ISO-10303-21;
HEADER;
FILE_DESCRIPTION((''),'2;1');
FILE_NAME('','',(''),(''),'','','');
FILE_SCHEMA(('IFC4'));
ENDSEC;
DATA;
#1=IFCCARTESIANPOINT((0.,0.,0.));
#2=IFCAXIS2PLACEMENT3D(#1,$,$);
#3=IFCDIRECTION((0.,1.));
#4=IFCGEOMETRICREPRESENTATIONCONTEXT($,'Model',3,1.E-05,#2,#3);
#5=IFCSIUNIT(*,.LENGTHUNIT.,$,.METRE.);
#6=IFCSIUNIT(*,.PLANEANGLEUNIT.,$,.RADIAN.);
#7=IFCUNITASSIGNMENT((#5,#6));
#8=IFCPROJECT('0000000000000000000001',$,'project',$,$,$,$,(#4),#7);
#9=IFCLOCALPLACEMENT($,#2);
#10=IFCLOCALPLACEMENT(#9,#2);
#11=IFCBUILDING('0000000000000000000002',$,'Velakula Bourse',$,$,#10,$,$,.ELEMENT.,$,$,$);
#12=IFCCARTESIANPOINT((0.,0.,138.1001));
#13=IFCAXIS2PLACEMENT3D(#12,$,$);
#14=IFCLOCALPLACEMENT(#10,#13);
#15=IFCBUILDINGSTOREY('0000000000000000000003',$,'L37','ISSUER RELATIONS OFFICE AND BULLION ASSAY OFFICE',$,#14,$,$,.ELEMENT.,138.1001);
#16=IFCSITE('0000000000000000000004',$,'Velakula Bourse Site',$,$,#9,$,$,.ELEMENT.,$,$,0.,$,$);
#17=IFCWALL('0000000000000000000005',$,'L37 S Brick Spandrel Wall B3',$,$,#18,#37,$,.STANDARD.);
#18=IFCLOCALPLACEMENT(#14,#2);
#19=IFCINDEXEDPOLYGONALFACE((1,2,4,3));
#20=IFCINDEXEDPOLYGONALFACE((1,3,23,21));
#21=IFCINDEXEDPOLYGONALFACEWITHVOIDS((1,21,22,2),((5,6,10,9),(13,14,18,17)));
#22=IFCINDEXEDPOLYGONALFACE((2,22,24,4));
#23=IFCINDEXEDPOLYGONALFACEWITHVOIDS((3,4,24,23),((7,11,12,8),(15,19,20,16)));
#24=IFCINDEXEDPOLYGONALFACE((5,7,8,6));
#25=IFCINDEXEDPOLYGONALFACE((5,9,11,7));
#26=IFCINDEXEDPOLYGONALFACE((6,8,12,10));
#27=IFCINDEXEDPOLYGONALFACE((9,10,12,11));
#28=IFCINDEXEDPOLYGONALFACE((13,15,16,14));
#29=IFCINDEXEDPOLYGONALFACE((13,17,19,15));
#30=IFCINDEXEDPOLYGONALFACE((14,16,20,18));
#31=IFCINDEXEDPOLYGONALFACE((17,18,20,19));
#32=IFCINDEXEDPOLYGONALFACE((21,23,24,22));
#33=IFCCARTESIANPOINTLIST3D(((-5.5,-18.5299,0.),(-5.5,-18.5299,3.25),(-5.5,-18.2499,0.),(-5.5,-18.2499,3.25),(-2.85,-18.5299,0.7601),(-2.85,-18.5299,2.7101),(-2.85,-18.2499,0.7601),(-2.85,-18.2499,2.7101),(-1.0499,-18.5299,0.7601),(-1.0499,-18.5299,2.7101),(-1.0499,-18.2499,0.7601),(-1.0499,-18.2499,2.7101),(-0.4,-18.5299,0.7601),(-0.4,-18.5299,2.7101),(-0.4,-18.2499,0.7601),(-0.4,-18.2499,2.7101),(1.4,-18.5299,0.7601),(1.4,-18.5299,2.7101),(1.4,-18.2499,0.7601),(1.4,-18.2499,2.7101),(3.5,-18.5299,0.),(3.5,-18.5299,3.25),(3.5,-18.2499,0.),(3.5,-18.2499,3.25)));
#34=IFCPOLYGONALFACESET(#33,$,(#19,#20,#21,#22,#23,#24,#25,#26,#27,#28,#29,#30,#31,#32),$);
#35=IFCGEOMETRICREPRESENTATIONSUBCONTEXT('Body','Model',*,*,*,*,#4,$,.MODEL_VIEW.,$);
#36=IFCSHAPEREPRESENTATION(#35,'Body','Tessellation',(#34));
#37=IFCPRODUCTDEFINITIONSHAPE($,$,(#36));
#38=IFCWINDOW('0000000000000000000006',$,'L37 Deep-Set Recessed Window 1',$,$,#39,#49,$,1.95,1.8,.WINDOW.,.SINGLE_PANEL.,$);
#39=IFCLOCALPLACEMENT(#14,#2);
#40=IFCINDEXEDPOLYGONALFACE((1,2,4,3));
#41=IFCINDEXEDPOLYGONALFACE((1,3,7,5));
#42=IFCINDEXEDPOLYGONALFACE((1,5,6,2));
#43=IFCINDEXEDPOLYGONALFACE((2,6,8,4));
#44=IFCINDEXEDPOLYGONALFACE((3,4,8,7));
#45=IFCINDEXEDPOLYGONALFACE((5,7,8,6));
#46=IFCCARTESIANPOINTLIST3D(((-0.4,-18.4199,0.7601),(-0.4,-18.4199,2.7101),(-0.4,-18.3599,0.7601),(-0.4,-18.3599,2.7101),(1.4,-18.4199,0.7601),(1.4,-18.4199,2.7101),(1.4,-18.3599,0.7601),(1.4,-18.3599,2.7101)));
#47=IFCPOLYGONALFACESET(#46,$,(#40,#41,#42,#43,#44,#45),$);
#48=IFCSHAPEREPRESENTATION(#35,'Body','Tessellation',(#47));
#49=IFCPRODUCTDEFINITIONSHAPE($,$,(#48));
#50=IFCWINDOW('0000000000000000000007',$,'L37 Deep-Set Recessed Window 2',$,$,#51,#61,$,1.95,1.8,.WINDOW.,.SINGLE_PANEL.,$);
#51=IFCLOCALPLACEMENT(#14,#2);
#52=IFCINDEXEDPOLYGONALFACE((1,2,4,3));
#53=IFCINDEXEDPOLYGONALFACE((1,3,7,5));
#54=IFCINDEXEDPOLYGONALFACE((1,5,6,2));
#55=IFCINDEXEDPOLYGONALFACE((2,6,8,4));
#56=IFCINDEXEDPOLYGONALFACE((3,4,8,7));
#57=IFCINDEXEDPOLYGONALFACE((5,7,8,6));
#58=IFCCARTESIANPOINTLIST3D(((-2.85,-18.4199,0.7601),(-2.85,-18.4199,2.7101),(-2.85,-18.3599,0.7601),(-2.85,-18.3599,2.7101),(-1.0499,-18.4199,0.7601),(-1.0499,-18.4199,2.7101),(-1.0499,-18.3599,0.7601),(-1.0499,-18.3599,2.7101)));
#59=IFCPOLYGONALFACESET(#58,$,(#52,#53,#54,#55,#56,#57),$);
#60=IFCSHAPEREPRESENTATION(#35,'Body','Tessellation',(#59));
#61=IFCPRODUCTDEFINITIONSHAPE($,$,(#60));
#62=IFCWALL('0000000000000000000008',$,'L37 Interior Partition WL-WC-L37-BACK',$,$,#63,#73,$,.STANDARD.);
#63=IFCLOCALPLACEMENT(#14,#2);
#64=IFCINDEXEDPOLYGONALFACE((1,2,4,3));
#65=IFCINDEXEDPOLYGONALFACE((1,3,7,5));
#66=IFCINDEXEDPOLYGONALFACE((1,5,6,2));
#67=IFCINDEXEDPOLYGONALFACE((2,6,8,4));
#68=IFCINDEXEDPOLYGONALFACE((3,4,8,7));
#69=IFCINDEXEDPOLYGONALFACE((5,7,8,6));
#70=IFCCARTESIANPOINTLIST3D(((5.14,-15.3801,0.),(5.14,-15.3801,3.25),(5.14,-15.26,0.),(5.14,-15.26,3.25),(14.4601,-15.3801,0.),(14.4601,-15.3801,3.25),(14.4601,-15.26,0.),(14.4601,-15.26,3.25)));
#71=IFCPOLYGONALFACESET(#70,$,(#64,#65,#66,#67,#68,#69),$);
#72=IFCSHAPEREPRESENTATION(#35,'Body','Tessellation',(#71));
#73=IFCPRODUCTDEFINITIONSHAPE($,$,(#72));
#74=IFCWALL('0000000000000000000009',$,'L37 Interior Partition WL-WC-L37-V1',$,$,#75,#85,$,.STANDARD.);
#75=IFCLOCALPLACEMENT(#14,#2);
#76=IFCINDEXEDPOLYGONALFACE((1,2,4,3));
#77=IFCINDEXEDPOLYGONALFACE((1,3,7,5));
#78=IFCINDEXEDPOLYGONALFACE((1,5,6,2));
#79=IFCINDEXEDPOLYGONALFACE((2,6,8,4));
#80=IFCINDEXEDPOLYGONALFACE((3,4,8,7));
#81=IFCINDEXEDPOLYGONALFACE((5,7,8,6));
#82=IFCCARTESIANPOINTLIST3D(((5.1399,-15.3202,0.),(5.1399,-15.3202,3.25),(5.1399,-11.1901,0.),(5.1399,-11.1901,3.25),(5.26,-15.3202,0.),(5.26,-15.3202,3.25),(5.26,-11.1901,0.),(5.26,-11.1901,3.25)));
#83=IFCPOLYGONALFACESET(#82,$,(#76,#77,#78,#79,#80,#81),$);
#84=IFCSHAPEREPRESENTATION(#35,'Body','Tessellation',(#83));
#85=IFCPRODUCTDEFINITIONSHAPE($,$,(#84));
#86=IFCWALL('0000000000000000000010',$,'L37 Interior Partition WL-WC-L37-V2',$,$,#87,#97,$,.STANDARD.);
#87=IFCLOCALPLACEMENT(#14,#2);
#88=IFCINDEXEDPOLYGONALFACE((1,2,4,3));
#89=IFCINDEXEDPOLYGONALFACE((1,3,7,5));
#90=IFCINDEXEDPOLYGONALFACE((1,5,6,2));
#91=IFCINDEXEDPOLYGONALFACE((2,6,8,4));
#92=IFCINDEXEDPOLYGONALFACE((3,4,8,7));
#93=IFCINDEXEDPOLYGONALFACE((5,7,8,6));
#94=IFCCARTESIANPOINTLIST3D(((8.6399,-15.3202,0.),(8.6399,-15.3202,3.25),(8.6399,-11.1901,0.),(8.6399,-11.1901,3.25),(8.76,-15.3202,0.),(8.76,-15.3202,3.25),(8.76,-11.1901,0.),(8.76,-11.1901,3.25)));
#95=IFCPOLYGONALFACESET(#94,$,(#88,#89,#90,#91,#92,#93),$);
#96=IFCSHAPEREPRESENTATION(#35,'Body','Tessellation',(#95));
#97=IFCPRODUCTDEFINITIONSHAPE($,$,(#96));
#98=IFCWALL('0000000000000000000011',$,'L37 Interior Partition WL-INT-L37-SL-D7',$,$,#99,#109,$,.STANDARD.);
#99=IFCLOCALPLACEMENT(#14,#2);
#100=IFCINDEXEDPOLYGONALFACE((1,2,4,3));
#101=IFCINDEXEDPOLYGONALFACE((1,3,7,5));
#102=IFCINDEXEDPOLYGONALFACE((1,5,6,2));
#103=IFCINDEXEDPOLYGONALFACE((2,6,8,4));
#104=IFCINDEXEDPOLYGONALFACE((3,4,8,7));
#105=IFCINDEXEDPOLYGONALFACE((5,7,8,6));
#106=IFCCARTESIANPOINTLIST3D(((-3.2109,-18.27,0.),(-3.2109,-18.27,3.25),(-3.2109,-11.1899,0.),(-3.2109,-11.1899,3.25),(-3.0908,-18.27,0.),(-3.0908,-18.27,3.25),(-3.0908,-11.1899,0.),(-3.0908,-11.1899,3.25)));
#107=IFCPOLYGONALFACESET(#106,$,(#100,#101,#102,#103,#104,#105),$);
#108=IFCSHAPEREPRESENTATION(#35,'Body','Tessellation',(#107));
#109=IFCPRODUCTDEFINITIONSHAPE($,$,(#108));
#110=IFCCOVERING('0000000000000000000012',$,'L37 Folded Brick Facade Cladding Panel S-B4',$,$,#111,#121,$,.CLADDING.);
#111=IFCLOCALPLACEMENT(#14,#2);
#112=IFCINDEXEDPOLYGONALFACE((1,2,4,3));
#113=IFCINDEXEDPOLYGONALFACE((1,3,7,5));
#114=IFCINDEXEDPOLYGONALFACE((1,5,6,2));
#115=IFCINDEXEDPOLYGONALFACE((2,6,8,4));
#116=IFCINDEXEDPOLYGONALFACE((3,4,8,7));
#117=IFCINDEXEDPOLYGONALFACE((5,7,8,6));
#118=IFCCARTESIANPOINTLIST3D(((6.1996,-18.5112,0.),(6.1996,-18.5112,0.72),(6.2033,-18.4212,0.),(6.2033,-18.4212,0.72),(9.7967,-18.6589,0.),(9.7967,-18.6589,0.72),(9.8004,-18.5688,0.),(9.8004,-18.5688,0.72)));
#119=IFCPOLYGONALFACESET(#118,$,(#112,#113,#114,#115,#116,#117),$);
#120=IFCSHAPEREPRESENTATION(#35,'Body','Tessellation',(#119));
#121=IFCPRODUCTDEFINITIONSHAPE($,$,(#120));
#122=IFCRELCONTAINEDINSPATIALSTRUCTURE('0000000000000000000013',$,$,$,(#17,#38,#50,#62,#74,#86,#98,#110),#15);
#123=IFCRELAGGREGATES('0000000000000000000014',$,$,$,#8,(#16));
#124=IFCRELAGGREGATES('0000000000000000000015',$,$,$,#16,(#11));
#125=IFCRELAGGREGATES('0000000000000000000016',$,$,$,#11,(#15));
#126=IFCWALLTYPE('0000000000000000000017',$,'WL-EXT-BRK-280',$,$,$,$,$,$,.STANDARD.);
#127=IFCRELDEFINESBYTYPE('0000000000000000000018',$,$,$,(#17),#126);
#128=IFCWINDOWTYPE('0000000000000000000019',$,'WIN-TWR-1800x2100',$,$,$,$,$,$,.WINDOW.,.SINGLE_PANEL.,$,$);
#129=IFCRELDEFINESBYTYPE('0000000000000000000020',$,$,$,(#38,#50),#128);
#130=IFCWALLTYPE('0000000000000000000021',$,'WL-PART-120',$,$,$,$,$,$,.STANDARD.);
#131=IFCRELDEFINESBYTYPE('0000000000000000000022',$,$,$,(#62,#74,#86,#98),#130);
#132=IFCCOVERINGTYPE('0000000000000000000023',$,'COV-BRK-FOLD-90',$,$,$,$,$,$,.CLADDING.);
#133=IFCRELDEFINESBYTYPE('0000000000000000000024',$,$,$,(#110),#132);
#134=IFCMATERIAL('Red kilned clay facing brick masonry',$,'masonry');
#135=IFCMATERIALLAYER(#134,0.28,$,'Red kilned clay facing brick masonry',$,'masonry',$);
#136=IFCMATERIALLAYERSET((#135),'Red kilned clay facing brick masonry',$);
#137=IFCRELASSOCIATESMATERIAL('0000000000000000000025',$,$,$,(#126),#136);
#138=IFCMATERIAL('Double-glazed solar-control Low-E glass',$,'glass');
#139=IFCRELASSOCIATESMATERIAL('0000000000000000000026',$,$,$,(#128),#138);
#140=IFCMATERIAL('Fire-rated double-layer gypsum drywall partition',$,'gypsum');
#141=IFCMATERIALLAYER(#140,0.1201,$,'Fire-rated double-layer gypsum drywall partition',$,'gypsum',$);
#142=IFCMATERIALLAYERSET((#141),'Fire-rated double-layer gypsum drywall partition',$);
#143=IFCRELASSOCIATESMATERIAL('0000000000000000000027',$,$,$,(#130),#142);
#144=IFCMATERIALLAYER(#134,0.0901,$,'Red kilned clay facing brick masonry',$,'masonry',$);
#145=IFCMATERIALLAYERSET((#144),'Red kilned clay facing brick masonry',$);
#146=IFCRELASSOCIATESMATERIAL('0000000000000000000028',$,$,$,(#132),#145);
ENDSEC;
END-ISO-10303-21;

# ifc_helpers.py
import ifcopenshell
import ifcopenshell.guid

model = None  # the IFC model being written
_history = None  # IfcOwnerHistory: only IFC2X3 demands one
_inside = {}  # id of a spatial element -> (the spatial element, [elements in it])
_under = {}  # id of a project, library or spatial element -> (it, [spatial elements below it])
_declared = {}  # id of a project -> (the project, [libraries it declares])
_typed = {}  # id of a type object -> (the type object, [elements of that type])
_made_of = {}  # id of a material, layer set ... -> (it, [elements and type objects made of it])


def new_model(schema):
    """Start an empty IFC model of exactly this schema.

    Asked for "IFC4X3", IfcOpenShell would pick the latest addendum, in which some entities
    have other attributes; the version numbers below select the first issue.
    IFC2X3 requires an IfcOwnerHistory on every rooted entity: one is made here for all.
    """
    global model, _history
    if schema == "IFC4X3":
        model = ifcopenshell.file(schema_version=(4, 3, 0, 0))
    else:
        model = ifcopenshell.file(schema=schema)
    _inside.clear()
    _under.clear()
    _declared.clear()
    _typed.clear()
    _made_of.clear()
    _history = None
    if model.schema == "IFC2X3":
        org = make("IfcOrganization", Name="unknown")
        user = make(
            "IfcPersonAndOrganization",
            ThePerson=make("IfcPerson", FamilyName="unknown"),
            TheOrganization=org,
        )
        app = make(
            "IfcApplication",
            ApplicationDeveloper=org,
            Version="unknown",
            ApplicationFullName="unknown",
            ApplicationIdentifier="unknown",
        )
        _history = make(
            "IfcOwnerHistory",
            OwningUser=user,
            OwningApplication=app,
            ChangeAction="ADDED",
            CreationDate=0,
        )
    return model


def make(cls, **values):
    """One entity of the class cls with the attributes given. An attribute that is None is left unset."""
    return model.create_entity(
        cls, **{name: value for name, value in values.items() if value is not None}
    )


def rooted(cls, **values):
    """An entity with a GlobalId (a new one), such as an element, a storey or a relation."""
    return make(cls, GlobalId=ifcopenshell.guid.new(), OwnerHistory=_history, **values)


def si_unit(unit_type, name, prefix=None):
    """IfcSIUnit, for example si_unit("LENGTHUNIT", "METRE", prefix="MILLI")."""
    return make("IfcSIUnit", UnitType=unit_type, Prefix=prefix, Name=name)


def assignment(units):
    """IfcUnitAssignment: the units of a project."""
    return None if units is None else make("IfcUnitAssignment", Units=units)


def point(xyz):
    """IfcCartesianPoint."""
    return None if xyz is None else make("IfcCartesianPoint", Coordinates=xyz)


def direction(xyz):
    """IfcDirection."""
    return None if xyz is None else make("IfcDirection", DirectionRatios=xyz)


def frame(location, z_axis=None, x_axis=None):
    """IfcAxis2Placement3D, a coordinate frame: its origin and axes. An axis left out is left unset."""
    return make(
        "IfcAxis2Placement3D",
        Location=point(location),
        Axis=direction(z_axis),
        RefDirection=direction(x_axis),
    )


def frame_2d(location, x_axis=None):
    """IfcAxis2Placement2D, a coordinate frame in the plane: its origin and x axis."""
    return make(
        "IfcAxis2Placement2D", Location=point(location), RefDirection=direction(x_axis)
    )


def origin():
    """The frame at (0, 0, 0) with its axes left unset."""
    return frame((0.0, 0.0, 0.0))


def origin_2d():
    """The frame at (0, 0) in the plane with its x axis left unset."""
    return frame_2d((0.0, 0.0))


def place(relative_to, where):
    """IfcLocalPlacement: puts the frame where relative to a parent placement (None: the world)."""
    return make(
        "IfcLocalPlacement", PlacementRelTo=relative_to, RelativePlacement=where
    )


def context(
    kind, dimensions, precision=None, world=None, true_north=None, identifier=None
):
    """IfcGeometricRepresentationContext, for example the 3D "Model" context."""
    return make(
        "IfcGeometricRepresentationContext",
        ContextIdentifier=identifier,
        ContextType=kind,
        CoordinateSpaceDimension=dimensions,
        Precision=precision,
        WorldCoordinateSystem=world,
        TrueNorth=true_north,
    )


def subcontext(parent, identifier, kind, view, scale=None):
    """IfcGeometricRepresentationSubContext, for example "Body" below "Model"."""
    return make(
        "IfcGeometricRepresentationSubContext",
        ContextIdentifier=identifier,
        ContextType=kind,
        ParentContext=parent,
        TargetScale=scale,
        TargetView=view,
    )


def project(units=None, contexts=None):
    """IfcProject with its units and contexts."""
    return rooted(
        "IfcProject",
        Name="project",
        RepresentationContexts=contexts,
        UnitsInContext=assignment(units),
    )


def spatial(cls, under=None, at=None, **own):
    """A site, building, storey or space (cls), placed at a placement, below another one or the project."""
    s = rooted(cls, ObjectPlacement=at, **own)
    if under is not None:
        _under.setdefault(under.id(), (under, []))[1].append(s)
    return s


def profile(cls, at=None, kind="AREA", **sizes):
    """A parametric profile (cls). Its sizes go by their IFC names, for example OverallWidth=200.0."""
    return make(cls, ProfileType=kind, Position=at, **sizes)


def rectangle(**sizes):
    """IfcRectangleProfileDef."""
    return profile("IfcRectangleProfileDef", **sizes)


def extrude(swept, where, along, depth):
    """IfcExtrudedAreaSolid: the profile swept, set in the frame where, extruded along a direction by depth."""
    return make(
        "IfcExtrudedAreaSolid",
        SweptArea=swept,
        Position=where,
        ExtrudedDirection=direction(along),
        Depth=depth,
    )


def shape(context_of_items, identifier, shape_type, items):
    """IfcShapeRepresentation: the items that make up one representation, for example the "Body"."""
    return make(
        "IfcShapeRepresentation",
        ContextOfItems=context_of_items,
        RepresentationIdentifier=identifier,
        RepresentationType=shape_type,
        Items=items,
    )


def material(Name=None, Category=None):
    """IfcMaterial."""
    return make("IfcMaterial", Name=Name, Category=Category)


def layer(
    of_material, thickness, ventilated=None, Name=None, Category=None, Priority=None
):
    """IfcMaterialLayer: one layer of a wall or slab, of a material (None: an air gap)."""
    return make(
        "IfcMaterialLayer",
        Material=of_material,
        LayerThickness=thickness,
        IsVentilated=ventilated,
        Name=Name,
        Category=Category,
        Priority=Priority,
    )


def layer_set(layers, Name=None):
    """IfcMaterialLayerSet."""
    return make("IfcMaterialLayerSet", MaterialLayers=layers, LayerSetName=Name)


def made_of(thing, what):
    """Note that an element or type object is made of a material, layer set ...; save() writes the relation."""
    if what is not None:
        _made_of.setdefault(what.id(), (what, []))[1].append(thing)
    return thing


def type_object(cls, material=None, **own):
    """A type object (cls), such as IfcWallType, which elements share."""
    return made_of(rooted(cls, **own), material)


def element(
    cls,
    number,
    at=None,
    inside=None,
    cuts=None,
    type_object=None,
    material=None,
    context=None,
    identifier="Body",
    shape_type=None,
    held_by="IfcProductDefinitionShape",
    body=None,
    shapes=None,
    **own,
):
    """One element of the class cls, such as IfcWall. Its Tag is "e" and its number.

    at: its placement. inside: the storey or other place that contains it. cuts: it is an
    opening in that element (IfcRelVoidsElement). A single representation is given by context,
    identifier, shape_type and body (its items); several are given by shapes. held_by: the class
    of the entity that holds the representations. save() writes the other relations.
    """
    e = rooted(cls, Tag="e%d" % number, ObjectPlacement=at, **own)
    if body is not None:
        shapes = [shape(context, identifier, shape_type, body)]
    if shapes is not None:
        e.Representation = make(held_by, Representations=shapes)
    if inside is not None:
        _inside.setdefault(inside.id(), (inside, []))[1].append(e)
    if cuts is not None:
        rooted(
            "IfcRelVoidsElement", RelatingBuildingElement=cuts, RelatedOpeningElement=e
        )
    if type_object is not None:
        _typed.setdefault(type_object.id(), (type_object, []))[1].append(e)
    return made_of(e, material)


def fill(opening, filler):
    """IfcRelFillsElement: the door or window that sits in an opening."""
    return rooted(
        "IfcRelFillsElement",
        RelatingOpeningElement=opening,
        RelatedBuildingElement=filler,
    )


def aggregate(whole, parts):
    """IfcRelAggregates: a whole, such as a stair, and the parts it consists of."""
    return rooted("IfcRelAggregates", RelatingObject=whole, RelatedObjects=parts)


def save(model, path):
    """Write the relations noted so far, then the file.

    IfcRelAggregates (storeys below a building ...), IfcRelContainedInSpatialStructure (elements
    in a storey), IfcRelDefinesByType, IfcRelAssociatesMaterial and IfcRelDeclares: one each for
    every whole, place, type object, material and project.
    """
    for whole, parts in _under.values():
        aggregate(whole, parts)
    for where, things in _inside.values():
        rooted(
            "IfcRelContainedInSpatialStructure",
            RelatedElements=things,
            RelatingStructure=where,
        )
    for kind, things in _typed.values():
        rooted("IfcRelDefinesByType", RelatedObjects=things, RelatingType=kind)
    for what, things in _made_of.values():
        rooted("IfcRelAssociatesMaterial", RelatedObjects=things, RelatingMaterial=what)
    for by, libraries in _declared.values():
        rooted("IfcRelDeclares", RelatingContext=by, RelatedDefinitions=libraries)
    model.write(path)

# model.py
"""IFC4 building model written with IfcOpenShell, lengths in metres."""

from ifc_helpers import new_model, si_unit, direction, frame, frame_2d, origin, origin_2d, place, context, subcontext, project, spatial, rectangle, extrude, material, layer, layer_set, type_object, element, fill, save


model = new_model("IFC4")

# Units and contexts
model_context = context("Model", 3, precision=1e-05, world=origin(), true_north=direction((0.0, 1.0)))
body_context = subcontext(model_context, "Body", "Model", "MODEL_VIEW")
ifc_project = project(units=[si_unit("LENGTHUNIT", "METRE"), si_unit("PLANEANGLEUNIT", "RADIAN")], contexts=[model_context])

# Site, building, storey
site_placement = place(None, origin())
site = spatial("IfcSite", under=ifc_project, at=site_placement, Name="Velakula Bourse Site", CompositionType="ELEMENT", RefElevation=0.0)
building_placement = place(site_placement, origin())
building = spatial("IfcBuilding", under=site, at=building_placement, Name="Velakula Bourse", CompositionType="ELEMENT")
storey_placement = place(building_placement, frame((0.0, 0.0, 138.1001)))
storey = spatial("IfcBuildingStorey", under=building, at=storey_placement, Name="L37", Description="ISSUER RELATIONS OFFICE AND BULLION ASSAY OFFICE", CompositionType="ELEMENT", Elevation=138.1001)

# Wall, openings, windows
ifc_material_1 = material(Name="Red kilned clay facing brick masonry", Category="masonry")
ifc_layer_1 = layer(ifc_material_1, 0.28, Name="Red kilned clay facing brick masonry", Category="masonry")
ifc_layer_set_1 = layer_set([ifc_layer_1], Name="Red kilned clay facing brick masonry")
wall_type_1 = type_object("IfcWallType", Name="WL-EXT-BRK-280", PredefinedType="STANDARD", material=ifc_layer_set_1)
ifc_material_2 = material(Name="Double-glazed solar-control Low-E glass", Category="glass")
window_type = type_object("IfcWindowType", Name="WIN-TWR-1800x2100", PartitioningType="SINGLE_PANEL", PredefinedType="WINDOW", material=ifc_material_2)
wall_1_placement = place(storey_placement, frame((3.5, -18.3899, 0.0), z_axis=(0.0, 0.0, 1.0), x_axis=(-1.0, 0.0, 0.0)))
wall_1 = element("IfcWall", 1, at=wall_1_placement, inside=storey, type_object=wall_type_1, Name="L37 S Brick Spandrel Wall B3", PredefinedType="STANDARD", context=body_context, shape_type="SweptSolid", body=[
    extrude(rectangle(XDim=9.0, YDim=0.28, at=frame_2d((4.5, 0.0))), origin(), (0.0, 0.0, 1.0), 3.25),
])
opening_1_placement = place(wall_1_placement, frame((2.1001, 0.0, 0.76)))
opening_1 = element("IfcOpeningElement", 2, at=opening_1_placement, cuts=wall_1, PredefinedType="OPENING", context=body_context, shape_type="SweptSolid", body=[
    extrude(rectangle(XDim=1.8, YDim=1.95, at=frame_2d((0.8999, 0.9751))), frame((0.0, 0.1499, 0.0), z_axis=(0.0, -1.0, 0.0), x_axis=(1.0, 0.0, 0.0)), (0.0, 0.0, 1.0), 0.3),
])
opening_2_placement = place(wall_1_placement, frame((4.55, 0.0, 0.76)))
opening_2 = element("IfcOpeningElement", 3, at=opening_2_placement, cuts=wall_1, PredefinedType="OPENING", context=body_context, shape_type="SweptSolid", body=[
    extrude(rectangle(XDim=1.8, YDim=1.95, at=frame_2d((0.8999, 0.9751))), frame((0.0, 0.1499, 0.0), z_axis=(0.0, -1.0, 0.0), x_axis=(1.0, 0.0, 0.0)), (0.0, 0.0, 1.0), 0.3),
])
window_1_placement = place(opening_1_placement, origin())
window_1 = element("IfcWindow", 4, at=window_1_placement, inside=storey, type_object=window_type, Name="L37 Deep-Set Recessed Window 1", OverallHeight=1.95, OverallWidth=1.8, PartitioningType="SINGLE_PANEL", PredefinedType="WINDOW", context=body_context, shape_type="SweptSolid", body=[
    extrude(rectangle(XDim=1.8, YDim=1.95, at=frame_2d((0.8999, 0.9751))), frame((0.0, 0.03, 0.0), z_axis=(0.0, -1.0, 0.0), x_axis=(1.0, 0.0, 0.0)), (0.0, 0.0, 1.0), 0.0601),
])
fill(opening_1, window_1)
window_2_placement = place(opening_2_placement, origin())
window_2 = element("IfcWindow", 5, at=window_2_placement, inside=storey, type_object=window_type, Name="L37 Deep-Set Recessed Window 2", OverallHeight=1.95, OverallWidth=1.8, PartitioningType="SINGLE_PANEL", PredefinedType="WINDOW", context=body_context, shape_type="SweptSolid", body=[
    extrude(rectangle(XDim=1.8, YDim=1.95, at=frame_2d((0.8999, 0.9751))), frame((0.0, 0.03, 0.0), z_axis=(0.0, -1.0, 0.0), x_axis=(1.0, 0.0, 0.0)), (0.0, 0.0, 1.0), 0.0601),
])
fill(opening_2, window_2)

# Walls
ifc_material_3 = material(Name="Fire-rated double-layer gypsum drywall partition", Category="gypsum")
ifc_layer_2 = layer(ifc_material_3, 0.1201, Name="Fire-rated double-layer gypsum drywall partition", Category="gypsum")
ifc_layer_set_2 = layer_set([ifc_layer_2], Name="Fire-rated double-layer gypsum drywall partition")
wall_type_2 = type_object("IfcWallType", Name="WL-PART-120", PredefinedType="STANDARD", material=ifc_layer_set_2)
wall_2_placement = place(storey_placement, frame((5.1399, -15.3201, 0.0), z_axis=(0.0, 0.0, 1.0), x_axis=(1.0, 0.0, 0.0)))
element("IfcWall", 6, at=wall_2_placement, inside=storey, type_object=wall_type_2, Name="L37 Interior Partition WL-WC-L37-BACK", PredefinedType="STANDARD", context=body_context, shape_type="SweptSolid", body=[
    extrude(rectangle(XDim=9.3201, YDim=0.1201, at=frame_2d((4.6602, 0.0))), origin(), (0.0, 0.0, 1.0), 3.25),
])
for number, where, z_axis, x_axis, name in (
    (7, (5.2, -15.3201, 0.0), (0.0, 0.0, 1.0), (0.0, 1.0, 0.0), "L37 Interior Partition WL-WC-L37-V1"),
    (8, (8.7, -15.3201, 0.0), (0.0, 0.0, 1.0), (0.0, 1.0, 0.0), "L37 Interior Partition WL-WC-L37-V2"),
):
    element("IfcWall", number, at=place(storey_placement, frame(where, z_axis=z_axis, x_axis=x_axis)), inside=storey, type_object=wall_type_2, Name=name, PredefinedType="STANDARD", context=body_context, shape_type="SweptSolid", body=[
        extrude(rectangle(XDim=4.1301, YDim=0.1201, at=frame_2d((2.0649, 0.0))), origin(), (0.0, 0.0, 1.0), 3.25),
    ])
wall_3_placement = place(storey_placement, frame((-3.1509, -18.27, 0.0), z_axis=(0.0, 0.0, 1.0), x_axis=(0.0, 1.0, 0.0)))
element("IfcWall", 9, at=wall_3_placement, inside=storey, type_object=wall_type_2, Name="L37 Interior Partition WL-INT-L37-SL-D7", PredefinedType="STANDARD", context=body_context, shape_type="SweptSolid", body=[
    extrude(rectangle(XDim=7.0801, YDim=0.1201, at=frame_2d((3.54, 0.0))), origin(), (0.0, 0.0, 1.0), 3.25),
])

# Covering
ifc_layer_3 = layer(ifc_material_1, 0.0901, Name="Red kilned clay facing brick masonry", Category="masonry")
ifc_layer_set_3 = layer_set([ifc_layer_3], Name="Red kilned clay facing brick masonry")
covering_type = type_object("IfcCoveringType", Name="COV-BRK-FOLD-90", PredefinedType="CLADDING", material=ifc_layer_set_3)
covering_placement = place(storey_placement, frame((8.0, -18.54, 0.0), z_axis=(0.0, 0.0, 1.0), x_axis=(0.999159, -0.041004, 0.0)))
element("IfcCovering", 10, at=covering_placement, inside=storey, type_object=covering_type, Name="L37 Folded Brick Facade Cladding Panel S-B4", PredefinedType="CLADDING", context=body_context, shape_type="SweptSolid", body=[
    extrude(rectangle(XDim=3.6001, YDim=0.0901, at=origin_2d()), origin(), (0.0, 0.0, 1.0), 0.72),
])

save(model, "model.ifc")
